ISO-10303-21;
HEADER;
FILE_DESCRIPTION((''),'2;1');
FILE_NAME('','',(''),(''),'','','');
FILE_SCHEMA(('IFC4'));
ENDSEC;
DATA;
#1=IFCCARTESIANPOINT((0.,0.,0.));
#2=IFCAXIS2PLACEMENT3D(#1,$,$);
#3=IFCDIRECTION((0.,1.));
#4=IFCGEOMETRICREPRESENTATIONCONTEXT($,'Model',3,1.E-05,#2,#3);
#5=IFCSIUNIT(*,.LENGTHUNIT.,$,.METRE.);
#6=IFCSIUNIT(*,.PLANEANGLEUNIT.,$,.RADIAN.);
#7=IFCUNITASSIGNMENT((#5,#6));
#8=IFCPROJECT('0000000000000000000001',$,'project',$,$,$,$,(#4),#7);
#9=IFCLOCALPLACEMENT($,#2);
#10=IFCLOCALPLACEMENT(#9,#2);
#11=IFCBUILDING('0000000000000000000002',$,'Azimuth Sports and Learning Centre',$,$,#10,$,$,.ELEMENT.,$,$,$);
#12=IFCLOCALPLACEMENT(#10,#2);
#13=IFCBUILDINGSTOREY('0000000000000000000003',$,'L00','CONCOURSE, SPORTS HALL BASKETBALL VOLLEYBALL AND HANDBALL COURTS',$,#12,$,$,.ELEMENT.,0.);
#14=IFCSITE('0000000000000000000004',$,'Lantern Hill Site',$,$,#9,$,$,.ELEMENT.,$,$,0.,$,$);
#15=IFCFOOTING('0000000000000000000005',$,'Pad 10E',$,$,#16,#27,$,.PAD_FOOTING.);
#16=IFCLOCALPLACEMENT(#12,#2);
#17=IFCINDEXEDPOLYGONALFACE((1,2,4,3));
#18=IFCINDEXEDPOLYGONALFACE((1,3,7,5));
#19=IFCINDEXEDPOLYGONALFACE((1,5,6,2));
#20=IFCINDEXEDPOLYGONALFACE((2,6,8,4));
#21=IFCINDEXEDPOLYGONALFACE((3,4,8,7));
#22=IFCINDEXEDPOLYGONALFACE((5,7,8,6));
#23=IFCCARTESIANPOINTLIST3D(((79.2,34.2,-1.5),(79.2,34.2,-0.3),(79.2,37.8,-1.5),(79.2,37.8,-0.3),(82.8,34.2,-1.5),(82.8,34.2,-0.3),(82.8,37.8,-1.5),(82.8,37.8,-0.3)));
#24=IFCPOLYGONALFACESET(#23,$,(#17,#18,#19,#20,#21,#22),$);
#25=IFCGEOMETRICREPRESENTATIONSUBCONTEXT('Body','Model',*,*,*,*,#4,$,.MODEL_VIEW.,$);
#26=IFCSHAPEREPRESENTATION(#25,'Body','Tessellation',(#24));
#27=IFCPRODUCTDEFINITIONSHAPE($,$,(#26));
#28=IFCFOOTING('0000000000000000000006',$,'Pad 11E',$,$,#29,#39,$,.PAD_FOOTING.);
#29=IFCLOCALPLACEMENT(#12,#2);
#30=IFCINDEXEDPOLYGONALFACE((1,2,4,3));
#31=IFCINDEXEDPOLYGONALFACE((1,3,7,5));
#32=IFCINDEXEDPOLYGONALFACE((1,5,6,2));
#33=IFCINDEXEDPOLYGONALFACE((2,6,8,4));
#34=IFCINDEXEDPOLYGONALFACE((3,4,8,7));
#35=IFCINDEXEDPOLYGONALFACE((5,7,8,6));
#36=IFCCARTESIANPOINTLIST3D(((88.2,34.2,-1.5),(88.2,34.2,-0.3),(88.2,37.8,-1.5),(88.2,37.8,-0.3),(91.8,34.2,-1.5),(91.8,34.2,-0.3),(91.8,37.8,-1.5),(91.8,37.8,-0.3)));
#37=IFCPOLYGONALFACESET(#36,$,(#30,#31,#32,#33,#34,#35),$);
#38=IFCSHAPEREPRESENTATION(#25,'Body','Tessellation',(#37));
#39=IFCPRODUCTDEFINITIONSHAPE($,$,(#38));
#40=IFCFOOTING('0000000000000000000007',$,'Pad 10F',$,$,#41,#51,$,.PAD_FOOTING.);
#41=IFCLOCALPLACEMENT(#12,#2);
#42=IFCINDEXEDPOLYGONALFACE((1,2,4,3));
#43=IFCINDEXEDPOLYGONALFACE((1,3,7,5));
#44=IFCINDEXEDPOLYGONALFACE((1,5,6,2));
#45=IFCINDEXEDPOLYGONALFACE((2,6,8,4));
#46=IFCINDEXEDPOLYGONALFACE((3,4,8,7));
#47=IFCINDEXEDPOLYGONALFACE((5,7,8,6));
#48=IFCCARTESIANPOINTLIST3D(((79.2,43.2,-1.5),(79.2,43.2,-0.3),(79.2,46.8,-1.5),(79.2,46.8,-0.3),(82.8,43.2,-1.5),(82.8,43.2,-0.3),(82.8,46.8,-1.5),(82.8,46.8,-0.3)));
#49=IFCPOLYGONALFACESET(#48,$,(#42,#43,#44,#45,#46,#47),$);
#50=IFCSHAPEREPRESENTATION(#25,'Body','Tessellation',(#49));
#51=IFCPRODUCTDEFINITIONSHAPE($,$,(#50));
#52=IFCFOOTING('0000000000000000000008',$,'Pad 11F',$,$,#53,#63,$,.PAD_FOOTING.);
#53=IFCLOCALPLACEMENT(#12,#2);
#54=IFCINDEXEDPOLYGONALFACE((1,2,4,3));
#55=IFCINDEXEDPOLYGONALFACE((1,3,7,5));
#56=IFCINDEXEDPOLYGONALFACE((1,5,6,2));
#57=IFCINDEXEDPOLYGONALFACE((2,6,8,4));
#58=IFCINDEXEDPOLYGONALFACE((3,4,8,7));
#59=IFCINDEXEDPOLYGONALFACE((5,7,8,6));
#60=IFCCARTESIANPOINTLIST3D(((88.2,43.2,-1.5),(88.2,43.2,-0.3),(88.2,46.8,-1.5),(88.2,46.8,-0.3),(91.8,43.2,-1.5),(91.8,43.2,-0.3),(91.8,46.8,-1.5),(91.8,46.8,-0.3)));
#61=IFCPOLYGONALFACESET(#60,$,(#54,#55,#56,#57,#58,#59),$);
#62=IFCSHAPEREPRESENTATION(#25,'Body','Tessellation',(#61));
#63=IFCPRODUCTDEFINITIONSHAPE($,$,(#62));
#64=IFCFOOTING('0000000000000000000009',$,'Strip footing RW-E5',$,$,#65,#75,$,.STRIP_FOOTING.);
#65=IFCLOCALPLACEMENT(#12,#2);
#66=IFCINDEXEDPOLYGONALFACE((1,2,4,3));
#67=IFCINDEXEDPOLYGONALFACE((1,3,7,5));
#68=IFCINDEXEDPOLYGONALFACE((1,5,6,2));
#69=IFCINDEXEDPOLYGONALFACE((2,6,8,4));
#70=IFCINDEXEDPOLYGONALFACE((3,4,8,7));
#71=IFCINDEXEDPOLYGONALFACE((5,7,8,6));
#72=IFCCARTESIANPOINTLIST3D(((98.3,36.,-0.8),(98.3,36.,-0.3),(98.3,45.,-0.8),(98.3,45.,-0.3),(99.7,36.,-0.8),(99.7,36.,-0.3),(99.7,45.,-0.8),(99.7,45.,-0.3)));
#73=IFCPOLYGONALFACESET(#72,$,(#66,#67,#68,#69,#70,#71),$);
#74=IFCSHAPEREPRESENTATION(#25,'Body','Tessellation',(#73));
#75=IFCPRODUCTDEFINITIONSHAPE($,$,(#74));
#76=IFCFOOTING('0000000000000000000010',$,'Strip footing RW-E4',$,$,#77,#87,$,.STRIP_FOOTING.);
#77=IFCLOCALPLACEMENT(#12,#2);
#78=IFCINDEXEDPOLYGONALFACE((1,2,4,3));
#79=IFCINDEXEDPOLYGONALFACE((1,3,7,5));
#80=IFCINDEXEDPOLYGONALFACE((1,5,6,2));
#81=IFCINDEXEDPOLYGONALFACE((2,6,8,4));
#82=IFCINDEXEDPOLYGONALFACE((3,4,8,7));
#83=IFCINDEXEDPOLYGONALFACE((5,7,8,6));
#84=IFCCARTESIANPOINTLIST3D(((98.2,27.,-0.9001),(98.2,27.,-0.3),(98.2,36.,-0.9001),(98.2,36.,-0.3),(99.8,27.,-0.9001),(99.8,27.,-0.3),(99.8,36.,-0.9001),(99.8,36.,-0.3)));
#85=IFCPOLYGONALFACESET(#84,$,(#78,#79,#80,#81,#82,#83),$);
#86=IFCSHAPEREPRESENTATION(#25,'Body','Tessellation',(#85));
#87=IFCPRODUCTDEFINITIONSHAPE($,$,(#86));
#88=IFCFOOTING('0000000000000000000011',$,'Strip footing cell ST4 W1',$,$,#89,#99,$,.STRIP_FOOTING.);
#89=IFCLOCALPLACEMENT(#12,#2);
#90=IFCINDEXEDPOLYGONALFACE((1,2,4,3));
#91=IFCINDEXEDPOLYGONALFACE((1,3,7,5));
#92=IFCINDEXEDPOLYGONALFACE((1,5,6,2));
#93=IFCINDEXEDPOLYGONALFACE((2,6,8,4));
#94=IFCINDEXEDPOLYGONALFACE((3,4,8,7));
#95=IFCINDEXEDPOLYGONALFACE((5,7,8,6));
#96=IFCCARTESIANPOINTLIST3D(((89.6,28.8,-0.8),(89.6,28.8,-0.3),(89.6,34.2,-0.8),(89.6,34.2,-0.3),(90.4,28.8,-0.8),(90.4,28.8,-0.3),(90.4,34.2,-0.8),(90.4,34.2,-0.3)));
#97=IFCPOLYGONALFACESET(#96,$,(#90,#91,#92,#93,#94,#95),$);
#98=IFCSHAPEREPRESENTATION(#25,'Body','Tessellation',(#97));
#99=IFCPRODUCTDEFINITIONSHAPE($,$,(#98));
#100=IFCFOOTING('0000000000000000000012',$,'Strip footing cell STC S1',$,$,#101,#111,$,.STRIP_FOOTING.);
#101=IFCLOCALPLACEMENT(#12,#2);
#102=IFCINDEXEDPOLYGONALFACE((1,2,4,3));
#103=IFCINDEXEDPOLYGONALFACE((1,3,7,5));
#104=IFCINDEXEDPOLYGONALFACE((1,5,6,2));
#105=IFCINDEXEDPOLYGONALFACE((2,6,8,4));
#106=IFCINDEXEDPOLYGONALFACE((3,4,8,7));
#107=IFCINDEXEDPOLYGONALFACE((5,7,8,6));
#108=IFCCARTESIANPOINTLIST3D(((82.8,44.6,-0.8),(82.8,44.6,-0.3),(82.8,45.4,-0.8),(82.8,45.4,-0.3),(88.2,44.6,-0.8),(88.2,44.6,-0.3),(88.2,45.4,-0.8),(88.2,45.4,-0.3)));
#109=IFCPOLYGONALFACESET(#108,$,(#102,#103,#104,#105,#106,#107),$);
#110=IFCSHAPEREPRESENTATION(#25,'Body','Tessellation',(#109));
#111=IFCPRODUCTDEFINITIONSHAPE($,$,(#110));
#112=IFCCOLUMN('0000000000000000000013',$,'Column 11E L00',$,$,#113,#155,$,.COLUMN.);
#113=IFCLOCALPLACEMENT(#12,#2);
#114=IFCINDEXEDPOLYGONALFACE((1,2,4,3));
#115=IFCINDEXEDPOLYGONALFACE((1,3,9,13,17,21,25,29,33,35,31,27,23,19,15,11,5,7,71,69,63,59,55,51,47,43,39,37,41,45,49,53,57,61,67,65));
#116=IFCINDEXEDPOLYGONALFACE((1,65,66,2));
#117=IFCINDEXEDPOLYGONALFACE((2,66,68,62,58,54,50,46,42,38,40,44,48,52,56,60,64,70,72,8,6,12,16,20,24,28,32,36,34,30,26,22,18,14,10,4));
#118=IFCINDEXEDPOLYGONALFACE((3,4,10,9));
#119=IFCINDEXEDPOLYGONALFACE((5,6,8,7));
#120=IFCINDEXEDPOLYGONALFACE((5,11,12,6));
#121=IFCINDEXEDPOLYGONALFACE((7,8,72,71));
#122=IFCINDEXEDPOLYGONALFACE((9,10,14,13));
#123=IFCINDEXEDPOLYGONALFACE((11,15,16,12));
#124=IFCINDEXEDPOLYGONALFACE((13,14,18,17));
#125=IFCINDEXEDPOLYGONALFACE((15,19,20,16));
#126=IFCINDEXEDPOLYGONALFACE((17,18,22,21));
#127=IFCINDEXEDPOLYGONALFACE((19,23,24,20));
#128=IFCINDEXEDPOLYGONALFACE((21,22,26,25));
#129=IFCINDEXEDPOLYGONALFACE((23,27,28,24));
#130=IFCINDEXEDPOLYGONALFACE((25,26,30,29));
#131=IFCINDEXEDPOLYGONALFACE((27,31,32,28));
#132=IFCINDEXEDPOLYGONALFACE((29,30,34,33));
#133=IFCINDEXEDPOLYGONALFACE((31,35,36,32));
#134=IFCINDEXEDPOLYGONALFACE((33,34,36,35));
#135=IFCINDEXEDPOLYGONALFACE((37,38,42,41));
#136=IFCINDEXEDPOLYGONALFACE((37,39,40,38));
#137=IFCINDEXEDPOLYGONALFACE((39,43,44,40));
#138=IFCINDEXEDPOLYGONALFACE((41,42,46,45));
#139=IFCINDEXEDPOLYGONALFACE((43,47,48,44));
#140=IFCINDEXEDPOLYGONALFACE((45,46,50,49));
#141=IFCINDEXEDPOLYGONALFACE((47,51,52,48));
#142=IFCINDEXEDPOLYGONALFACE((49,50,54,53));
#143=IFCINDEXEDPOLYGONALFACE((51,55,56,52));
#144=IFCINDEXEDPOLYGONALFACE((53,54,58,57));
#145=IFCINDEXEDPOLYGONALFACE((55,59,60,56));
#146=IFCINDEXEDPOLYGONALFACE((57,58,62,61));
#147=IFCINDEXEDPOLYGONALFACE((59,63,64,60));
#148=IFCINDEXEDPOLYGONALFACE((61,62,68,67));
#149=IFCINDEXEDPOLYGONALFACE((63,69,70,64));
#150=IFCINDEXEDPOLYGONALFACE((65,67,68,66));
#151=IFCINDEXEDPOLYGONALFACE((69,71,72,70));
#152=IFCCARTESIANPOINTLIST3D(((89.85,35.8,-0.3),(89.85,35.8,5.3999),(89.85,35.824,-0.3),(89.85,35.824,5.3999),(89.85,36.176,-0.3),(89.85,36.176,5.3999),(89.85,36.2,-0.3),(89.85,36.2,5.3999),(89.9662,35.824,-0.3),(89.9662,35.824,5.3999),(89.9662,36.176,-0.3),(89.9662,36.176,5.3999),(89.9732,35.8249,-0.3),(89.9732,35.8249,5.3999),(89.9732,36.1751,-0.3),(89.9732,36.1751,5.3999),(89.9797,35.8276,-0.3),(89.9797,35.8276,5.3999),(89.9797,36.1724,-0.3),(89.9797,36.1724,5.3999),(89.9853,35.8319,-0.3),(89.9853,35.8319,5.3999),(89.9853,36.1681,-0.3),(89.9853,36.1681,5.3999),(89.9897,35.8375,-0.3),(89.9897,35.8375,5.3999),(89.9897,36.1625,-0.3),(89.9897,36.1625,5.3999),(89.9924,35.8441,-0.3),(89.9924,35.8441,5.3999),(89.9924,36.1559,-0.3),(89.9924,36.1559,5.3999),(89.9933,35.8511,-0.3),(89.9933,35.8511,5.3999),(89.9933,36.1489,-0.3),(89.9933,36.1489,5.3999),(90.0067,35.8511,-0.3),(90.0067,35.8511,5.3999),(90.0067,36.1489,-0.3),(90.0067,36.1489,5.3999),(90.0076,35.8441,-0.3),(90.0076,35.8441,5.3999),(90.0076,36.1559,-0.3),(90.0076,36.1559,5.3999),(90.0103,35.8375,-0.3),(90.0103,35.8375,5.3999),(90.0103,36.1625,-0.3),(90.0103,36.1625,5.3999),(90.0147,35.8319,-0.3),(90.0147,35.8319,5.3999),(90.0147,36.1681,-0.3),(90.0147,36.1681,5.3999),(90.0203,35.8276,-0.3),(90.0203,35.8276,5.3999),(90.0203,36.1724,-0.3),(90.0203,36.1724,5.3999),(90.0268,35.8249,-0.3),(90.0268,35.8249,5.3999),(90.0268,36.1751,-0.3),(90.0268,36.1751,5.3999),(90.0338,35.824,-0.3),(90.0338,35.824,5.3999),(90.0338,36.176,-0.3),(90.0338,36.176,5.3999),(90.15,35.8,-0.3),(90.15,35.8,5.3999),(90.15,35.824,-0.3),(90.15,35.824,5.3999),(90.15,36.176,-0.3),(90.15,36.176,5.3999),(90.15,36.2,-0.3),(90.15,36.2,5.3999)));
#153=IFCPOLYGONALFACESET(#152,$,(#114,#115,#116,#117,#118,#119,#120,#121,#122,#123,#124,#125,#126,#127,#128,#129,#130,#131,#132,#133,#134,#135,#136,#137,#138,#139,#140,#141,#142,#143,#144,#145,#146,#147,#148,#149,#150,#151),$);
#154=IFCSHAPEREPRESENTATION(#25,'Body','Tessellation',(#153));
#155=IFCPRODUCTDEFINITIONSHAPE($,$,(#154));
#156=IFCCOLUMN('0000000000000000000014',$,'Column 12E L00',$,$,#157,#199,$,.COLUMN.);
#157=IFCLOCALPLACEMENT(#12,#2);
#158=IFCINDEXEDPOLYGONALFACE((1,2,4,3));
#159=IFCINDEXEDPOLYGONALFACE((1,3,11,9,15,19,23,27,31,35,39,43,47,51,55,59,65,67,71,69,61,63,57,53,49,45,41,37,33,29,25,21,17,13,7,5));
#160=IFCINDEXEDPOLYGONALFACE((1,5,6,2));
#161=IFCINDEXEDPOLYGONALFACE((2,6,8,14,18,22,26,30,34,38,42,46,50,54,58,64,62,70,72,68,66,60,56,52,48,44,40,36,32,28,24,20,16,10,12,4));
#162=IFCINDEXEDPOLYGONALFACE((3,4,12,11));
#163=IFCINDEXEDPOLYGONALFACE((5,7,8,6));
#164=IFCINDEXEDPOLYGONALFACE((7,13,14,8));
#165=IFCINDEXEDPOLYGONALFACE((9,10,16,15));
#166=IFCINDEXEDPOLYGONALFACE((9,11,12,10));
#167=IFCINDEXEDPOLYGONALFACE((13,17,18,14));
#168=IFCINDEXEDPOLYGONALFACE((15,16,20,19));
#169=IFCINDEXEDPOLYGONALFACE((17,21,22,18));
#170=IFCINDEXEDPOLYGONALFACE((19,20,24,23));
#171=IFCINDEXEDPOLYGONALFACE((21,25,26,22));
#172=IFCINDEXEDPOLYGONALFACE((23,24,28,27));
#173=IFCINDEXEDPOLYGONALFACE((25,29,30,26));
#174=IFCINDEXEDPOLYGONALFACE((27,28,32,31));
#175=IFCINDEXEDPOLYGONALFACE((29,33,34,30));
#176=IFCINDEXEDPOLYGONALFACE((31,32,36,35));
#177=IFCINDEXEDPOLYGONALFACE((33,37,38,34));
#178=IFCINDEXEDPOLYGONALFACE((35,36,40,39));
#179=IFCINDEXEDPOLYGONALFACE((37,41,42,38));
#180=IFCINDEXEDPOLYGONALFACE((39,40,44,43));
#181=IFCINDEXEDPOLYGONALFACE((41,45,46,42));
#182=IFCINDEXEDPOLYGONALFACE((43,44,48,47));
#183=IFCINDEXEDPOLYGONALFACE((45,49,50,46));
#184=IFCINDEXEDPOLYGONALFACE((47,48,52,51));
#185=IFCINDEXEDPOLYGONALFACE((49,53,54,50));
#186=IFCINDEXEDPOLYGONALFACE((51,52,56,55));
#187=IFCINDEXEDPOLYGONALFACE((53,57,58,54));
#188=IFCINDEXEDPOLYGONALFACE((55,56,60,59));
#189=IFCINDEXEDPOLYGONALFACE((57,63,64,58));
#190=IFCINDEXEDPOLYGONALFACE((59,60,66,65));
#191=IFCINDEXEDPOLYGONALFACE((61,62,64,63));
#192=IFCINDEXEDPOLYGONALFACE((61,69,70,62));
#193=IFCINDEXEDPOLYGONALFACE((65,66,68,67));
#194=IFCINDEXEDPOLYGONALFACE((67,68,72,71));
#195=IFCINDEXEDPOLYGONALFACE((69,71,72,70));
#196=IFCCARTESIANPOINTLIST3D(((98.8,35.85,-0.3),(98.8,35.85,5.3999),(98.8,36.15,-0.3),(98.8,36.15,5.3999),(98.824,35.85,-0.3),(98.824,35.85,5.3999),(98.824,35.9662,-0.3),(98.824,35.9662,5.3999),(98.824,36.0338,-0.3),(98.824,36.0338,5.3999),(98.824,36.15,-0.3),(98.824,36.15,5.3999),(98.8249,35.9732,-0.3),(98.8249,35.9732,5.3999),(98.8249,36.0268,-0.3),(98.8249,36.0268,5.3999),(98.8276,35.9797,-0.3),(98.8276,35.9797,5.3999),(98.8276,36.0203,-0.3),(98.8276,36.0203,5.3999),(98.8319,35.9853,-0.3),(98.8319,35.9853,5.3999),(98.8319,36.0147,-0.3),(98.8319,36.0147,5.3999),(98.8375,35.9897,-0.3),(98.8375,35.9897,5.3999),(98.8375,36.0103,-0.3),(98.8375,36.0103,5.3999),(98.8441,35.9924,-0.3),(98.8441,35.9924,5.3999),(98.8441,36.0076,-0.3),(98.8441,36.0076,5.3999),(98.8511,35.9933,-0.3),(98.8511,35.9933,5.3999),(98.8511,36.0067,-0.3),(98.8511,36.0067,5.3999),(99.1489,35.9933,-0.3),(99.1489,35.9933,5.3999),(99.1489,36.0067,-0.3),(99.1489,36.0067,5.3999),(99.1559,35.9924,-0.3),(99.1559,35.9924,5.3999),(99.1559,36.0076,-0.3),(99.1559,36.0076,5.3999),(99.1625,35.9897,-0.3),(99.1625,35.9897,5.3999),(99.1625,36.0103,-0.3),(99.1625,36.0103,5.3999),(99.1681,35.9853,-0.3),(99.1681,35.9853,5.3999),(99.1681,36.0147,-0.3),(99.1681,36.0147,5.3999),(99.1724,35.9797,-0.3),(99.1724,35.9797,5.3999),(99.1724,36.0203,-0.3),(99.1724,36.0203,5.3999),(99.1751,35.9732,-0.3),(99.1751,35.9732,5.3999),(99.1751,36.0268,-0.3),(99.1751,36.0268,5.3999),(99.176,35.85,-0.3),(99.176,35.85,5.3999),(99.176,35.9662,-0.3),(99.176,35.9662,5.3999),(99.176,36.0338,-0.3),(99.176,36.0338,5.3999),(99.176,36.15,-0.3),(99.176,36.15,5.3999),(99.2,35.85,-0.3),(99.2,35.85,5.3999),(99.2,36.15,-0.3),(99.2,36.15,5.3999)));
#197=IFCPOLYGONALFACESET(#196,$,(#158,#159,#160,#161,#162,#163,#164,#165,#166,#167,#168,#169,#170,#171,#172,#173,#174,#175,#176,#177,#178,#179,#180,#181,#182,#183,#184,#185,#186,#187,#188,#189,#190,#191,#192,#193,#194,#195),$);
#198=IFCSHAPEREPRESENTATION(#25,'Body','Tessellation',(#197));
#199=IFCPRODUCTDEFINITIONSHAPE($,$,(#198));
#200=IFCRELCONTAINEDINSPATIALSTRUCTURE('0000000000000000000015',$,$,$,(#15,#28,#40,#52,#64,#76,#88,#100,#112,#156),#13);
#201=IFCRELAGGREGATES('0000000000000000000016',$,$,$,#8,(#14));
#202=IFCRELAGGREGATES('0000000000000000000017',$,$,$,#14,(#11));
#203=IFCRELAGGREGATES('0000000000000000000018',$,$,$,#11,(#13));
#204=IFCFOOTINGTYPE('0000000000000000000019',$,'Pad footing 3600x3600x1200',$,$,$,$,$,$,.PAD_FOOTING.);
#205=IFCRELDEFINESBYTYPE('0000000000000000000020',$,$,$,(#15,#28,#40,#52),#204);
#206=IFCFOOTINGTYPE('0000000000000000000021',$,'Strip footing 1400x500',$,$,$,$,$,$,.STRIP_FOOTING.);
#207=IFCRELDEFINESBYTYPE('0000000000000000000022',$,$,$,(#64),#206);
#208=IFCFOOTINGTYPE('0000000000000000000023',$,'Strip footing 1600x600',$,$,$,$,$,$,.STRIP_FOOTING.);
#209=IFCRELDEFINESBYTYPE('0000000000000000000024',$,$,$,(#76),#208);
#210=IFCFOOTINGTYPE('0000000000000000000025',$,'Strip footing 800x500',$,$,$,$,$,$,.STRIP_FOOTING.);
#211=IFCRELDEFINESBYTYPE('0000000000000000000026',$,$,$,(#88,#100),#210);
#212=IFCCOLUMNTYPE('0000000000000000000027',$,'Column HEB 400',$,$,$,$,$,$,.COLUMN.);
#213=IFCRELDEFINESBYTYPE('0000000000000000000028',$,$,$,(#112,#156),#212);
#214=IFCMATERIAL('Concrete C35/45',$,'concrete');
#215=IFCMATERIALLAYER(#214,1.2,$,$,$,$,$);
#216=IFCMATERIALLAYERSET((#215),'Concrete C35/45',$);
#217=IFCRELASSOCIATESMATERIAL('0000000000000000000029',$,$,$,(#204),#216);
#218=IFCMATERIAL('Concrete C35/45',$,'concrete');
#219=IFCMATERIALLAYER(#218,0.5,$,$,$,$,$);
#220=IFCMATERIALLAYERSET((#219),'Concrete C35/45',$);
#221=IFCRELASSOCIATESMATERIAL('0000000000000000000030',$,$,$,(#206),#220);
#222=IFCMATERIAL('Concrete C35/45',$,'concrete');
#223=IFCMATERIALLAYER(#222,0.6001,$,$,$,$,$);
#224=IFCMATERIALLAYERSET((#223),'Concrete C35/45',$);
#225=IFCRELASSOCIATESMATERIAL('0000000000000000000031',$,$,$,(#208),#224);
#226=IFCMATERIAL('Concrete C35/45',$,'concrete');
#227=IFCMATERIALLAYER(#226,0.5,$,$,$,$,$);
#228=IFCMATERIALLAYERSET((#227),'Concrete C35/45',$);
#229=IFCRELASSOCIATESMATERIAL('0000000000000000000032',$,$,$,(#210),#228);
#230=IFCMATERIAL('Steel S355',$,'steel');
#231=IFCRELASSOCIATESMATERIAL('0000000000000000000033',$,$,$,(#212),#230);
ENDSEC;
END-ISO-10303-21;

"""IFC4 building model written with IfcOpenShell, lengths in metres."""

from ifc_helpers import new_model, si_unit, direction, frame, origin, origin_2d, place, context, subcontext, project, spatial, rectangle, i_section, extrude, material, layer, layer_set, material_profile, profile_set, type_object, element, save


model = new_model("IFC4")

# Units and contexts
model_context = context("Model", 3, precision=1e-05, world=origin(), true_north=direction((0.0, 1.0)))
body_context = subcontext(model_context, "Body", "Model", "MODEL_VIEW")
ifc_project = project(units=[si_unit("LENGTHUNIT", "METRE"), si_unit("PLANEANGLEUNIT", "RADIAN")], contexts=[model_context])

# Site, building, storey
site_placement = place(None, origin())
site = spatial("IfcSite", under=ifc_project, at=site_placement, Name="Lantern Hill Site", CompositionType="ELEMENT", RefElevation=0.0)
building_placement = place(site_placement, origin())
building = spatial("IfcBuilding", under=site, at=building_placement, Name="Azimuth Sports and Learning Centre", CompositionType="ELEMENT")
storey_placement = place(building_placement, origin())
storey = spatial("IfcBuildingStorey", under=building, at=storey_placement, Name="L00", Description="CONCOURSE, SPORTS HALL BASKETBALL VOLLEYBALL AND HANDBALL COURTS", CompositionType="ELEMENT", Elevation=0.0)

# Footings
ifc_material_1 = material(Name="Concrete C35/45", Category="concrete")
ifc_layer_1 = layer(ifc_material_1, 1.2)
ifc_layer_set_1 = layer_set([ifc_layer_1], Name="Concrete C35/45")
footing_type_1 = type_object("IfcFootingType", Name="Pad footing 3600x3600x1200", PredefinedType="PAD_FOOTING", material=ifc_layer_set_1)
for number, where, z_axis, x_axis, name in (
    (1, (81.0, 36.0, -1.5), (0.0, 0.0, 1.0), (1.0, 0.0, 0.0), "Pad 10E"),
    (2, (90.0, 36.0, -1.5), (0.0, 0.0, 1.0), (1.0, 0.0, 0.0), "Pad 11E"),
    (3, (81.0, 45.0, -1.5), (0.0, 0.0, 1.0), (1.0, 0.0, 0.0), "Pad 10F"),
    (4, (90.0, 45.0, -1.5), (0.0, 0.0, 1.0), (1.0, 0.0, 0.0), "Pad 11F"),
):
    element("IfcFooting", number, at=place(storey_placement, frame(where, z_axis=z_axis, x_axis=x_axis)), inside=storey, type_object=footing_type_1, Name=name, PredefinedType="PAD_FOOTING", context=body_context, shape_type="SweptSolid", body=[
        extrude(rectangle(XDim=3.6001, YDim=3.6001, at=origin_2d()), origin(), (0.0, 0.0, 1.0), 1.2),
    ])
ifc_material_2 = material(Name="Concrete C35/45", Category="concrete")
ifc_layer_2 = layer(ifc_material_2, 0.5)
ifc_layer_set_2 = layer_set([ifc_layer_2], Name="Concrete C35/45")
footing_type_2 = type_object("IfcFootingType", Name="Strip footing 1400x500", PredefinedType="STRIP_FOOTING", material=ifc_layer_set_2)
footing_1_placement = place(storey_placement, frame((99.0, 40.5, -0.8), z_axis=(0.0, 0.0, 1.0), x_axis=(1.0, 0.0, 0.0)))
element("IfcFooting", 5, at=footing_1_placement, inside=storey, type_object=footing_type_2, Name="Strip footing RW-E5", PredefinedType="STRIP_FOOTING", context=body_context, shape_type="SweptSolid", body=[
    extrude(rectangle(XDim=1.3999, YDim=9.0, at=origin_2d()), origin(), (0.0, 0.0, 1.0), 0.5),
])
ifc_material_3 = material(Name="Concrete C35/45", Category="concrete")
ifc_layer_3 = layer(ifc_material_3, 0.6001)
ifc_layer_set_3 = layer_set([ifc_layer_3], Name="Concrete C35/45")
footing_type_3 = type_object("IfcFootingType", Name="Strip footing 1600x600", PredefinedType="STRIP_FOOTING", material=ifc_layer_set_3)
footing_2_placement = place(storey_placement, frame((99.0, 31.5, -0.9001), z_axis=(0.0, 0.0, 1.0), x_axis=(1.0, 0.0, 0.0)))
element("IfcFooting", 6, at=footing_2_placement, inside=storey, type_object=footing_type_3, Name="Strip footing RW-E4", PredefinedType="STRIP_FOOTING", context=body_context, shape_type="SweptSolid", body=[
    extrude(rectangle(XDim=1.6001, YDim=9.0, at=origin_2d()), origin(), (0.0, 0.0, 1.0), 0.6001),
])
ifc_material_4 = material(Name="Concrete C35/45", Category="concrete")
ifc_layer_4 = layer(ifc_material_4, 0.5)
ifc_layer_set_4 = layer_set([ifc_layer_4], Name="Concrete C35/45")
footing_type_4 = type_object("IfcFootingType", Name="Strip footing 800x500", PredefinedType="STRIP_FOOTING", material=ifc_layer_set_4)
footing_3_placement = place(storey_placement, frame((90.0, 31.5, -0.8), z_axis=(0.0, 0.0, 1.0), x_axis=(1.0, 0.0, 0.0)))
element("IfcFooting", 7, at=footing_3_placement, inside=storey, type_object=footing_type_4, Name="Strip footing cell ST4 W1", PredefinedType="STRIP_FOOTING", context=body_context, shape_type="SweptSolid", body=[
    extrude(rectangle(XDim=0.8, YDim=5.3999, at=origin_2d()), origin(), (0.0, 0.0, 1.0), 0.5),
])
footing_4_placement = place(storey_placement, frame((85.5, 45.0, -0.8), z_axis=(0.0, 0.0, 1.0), x_axis=(1.0, 0.0, 0.0)))
element("IfcFooting", 8, at=footing_4_placement, inside=storey, type_object=footing_type_4, Name="Strip footing cell STC S1", PredefinedType="STRIP_FOOTING", context=body_context, shape_type="SweptSolid", body=[
    extrude(rectangle(XDim=5.3999, YDim=0.8, at=origin_2d()), origin(), (0.0, 0.0, 1.0), 0.5),
])

# Columns
ifc_material_5 = material(Name="Steel S355", Category="steel")
ifc_material_profile_1 = material_profile(ifc_material_5, i_section(OverallWidth=0.3, OverallDepth=0.3999, WebThickness=0.0134, FlangeThickness=0.0239, FilletRadius=0.0271, at=origin_2d()), Name="HEB 400")
ifc_profile_set_1 = profile_set([ifc_material_profile_1], Name="Steel S355")
column_type = type_object("IfcColumnType", Name="Column HEB 400", PredefinedType="COLUMN", material=ifc_profile_set_1)
for number, where, z_axis, x_axis, name in (
    (9, (90.0, 36.0, -0.3), (0.0, 0.0, 1.0), (1.0, 0.0, 0.0), "Column 11E L00"),
    (10, (99.0, 36.0, -0.3), (0.0, 0.0, 1.0), (0.0, 1.0, 0.0), "Column 12E L00"),
):
    element("IfcColumn", number, at=place(storey_placement, frame(where, z_axis=z_axis, x_axis=x_axis)), inside=storey, type_object=column_type, Name=name, PredefinedType="COLUMN", context=body_context, shape_type="SweptSolid", body=[
        extrude(i_section(OverallWidth=0.3, OverallDepth=0.3999, WebThickness=0.0134, FlangeThickness=0.0239, FilletRadius=0.0271, at=origin_2d()), origin(), (0.0, 0.0, 1.0), 5.7),
    ])

save(model, "model.ifc")
